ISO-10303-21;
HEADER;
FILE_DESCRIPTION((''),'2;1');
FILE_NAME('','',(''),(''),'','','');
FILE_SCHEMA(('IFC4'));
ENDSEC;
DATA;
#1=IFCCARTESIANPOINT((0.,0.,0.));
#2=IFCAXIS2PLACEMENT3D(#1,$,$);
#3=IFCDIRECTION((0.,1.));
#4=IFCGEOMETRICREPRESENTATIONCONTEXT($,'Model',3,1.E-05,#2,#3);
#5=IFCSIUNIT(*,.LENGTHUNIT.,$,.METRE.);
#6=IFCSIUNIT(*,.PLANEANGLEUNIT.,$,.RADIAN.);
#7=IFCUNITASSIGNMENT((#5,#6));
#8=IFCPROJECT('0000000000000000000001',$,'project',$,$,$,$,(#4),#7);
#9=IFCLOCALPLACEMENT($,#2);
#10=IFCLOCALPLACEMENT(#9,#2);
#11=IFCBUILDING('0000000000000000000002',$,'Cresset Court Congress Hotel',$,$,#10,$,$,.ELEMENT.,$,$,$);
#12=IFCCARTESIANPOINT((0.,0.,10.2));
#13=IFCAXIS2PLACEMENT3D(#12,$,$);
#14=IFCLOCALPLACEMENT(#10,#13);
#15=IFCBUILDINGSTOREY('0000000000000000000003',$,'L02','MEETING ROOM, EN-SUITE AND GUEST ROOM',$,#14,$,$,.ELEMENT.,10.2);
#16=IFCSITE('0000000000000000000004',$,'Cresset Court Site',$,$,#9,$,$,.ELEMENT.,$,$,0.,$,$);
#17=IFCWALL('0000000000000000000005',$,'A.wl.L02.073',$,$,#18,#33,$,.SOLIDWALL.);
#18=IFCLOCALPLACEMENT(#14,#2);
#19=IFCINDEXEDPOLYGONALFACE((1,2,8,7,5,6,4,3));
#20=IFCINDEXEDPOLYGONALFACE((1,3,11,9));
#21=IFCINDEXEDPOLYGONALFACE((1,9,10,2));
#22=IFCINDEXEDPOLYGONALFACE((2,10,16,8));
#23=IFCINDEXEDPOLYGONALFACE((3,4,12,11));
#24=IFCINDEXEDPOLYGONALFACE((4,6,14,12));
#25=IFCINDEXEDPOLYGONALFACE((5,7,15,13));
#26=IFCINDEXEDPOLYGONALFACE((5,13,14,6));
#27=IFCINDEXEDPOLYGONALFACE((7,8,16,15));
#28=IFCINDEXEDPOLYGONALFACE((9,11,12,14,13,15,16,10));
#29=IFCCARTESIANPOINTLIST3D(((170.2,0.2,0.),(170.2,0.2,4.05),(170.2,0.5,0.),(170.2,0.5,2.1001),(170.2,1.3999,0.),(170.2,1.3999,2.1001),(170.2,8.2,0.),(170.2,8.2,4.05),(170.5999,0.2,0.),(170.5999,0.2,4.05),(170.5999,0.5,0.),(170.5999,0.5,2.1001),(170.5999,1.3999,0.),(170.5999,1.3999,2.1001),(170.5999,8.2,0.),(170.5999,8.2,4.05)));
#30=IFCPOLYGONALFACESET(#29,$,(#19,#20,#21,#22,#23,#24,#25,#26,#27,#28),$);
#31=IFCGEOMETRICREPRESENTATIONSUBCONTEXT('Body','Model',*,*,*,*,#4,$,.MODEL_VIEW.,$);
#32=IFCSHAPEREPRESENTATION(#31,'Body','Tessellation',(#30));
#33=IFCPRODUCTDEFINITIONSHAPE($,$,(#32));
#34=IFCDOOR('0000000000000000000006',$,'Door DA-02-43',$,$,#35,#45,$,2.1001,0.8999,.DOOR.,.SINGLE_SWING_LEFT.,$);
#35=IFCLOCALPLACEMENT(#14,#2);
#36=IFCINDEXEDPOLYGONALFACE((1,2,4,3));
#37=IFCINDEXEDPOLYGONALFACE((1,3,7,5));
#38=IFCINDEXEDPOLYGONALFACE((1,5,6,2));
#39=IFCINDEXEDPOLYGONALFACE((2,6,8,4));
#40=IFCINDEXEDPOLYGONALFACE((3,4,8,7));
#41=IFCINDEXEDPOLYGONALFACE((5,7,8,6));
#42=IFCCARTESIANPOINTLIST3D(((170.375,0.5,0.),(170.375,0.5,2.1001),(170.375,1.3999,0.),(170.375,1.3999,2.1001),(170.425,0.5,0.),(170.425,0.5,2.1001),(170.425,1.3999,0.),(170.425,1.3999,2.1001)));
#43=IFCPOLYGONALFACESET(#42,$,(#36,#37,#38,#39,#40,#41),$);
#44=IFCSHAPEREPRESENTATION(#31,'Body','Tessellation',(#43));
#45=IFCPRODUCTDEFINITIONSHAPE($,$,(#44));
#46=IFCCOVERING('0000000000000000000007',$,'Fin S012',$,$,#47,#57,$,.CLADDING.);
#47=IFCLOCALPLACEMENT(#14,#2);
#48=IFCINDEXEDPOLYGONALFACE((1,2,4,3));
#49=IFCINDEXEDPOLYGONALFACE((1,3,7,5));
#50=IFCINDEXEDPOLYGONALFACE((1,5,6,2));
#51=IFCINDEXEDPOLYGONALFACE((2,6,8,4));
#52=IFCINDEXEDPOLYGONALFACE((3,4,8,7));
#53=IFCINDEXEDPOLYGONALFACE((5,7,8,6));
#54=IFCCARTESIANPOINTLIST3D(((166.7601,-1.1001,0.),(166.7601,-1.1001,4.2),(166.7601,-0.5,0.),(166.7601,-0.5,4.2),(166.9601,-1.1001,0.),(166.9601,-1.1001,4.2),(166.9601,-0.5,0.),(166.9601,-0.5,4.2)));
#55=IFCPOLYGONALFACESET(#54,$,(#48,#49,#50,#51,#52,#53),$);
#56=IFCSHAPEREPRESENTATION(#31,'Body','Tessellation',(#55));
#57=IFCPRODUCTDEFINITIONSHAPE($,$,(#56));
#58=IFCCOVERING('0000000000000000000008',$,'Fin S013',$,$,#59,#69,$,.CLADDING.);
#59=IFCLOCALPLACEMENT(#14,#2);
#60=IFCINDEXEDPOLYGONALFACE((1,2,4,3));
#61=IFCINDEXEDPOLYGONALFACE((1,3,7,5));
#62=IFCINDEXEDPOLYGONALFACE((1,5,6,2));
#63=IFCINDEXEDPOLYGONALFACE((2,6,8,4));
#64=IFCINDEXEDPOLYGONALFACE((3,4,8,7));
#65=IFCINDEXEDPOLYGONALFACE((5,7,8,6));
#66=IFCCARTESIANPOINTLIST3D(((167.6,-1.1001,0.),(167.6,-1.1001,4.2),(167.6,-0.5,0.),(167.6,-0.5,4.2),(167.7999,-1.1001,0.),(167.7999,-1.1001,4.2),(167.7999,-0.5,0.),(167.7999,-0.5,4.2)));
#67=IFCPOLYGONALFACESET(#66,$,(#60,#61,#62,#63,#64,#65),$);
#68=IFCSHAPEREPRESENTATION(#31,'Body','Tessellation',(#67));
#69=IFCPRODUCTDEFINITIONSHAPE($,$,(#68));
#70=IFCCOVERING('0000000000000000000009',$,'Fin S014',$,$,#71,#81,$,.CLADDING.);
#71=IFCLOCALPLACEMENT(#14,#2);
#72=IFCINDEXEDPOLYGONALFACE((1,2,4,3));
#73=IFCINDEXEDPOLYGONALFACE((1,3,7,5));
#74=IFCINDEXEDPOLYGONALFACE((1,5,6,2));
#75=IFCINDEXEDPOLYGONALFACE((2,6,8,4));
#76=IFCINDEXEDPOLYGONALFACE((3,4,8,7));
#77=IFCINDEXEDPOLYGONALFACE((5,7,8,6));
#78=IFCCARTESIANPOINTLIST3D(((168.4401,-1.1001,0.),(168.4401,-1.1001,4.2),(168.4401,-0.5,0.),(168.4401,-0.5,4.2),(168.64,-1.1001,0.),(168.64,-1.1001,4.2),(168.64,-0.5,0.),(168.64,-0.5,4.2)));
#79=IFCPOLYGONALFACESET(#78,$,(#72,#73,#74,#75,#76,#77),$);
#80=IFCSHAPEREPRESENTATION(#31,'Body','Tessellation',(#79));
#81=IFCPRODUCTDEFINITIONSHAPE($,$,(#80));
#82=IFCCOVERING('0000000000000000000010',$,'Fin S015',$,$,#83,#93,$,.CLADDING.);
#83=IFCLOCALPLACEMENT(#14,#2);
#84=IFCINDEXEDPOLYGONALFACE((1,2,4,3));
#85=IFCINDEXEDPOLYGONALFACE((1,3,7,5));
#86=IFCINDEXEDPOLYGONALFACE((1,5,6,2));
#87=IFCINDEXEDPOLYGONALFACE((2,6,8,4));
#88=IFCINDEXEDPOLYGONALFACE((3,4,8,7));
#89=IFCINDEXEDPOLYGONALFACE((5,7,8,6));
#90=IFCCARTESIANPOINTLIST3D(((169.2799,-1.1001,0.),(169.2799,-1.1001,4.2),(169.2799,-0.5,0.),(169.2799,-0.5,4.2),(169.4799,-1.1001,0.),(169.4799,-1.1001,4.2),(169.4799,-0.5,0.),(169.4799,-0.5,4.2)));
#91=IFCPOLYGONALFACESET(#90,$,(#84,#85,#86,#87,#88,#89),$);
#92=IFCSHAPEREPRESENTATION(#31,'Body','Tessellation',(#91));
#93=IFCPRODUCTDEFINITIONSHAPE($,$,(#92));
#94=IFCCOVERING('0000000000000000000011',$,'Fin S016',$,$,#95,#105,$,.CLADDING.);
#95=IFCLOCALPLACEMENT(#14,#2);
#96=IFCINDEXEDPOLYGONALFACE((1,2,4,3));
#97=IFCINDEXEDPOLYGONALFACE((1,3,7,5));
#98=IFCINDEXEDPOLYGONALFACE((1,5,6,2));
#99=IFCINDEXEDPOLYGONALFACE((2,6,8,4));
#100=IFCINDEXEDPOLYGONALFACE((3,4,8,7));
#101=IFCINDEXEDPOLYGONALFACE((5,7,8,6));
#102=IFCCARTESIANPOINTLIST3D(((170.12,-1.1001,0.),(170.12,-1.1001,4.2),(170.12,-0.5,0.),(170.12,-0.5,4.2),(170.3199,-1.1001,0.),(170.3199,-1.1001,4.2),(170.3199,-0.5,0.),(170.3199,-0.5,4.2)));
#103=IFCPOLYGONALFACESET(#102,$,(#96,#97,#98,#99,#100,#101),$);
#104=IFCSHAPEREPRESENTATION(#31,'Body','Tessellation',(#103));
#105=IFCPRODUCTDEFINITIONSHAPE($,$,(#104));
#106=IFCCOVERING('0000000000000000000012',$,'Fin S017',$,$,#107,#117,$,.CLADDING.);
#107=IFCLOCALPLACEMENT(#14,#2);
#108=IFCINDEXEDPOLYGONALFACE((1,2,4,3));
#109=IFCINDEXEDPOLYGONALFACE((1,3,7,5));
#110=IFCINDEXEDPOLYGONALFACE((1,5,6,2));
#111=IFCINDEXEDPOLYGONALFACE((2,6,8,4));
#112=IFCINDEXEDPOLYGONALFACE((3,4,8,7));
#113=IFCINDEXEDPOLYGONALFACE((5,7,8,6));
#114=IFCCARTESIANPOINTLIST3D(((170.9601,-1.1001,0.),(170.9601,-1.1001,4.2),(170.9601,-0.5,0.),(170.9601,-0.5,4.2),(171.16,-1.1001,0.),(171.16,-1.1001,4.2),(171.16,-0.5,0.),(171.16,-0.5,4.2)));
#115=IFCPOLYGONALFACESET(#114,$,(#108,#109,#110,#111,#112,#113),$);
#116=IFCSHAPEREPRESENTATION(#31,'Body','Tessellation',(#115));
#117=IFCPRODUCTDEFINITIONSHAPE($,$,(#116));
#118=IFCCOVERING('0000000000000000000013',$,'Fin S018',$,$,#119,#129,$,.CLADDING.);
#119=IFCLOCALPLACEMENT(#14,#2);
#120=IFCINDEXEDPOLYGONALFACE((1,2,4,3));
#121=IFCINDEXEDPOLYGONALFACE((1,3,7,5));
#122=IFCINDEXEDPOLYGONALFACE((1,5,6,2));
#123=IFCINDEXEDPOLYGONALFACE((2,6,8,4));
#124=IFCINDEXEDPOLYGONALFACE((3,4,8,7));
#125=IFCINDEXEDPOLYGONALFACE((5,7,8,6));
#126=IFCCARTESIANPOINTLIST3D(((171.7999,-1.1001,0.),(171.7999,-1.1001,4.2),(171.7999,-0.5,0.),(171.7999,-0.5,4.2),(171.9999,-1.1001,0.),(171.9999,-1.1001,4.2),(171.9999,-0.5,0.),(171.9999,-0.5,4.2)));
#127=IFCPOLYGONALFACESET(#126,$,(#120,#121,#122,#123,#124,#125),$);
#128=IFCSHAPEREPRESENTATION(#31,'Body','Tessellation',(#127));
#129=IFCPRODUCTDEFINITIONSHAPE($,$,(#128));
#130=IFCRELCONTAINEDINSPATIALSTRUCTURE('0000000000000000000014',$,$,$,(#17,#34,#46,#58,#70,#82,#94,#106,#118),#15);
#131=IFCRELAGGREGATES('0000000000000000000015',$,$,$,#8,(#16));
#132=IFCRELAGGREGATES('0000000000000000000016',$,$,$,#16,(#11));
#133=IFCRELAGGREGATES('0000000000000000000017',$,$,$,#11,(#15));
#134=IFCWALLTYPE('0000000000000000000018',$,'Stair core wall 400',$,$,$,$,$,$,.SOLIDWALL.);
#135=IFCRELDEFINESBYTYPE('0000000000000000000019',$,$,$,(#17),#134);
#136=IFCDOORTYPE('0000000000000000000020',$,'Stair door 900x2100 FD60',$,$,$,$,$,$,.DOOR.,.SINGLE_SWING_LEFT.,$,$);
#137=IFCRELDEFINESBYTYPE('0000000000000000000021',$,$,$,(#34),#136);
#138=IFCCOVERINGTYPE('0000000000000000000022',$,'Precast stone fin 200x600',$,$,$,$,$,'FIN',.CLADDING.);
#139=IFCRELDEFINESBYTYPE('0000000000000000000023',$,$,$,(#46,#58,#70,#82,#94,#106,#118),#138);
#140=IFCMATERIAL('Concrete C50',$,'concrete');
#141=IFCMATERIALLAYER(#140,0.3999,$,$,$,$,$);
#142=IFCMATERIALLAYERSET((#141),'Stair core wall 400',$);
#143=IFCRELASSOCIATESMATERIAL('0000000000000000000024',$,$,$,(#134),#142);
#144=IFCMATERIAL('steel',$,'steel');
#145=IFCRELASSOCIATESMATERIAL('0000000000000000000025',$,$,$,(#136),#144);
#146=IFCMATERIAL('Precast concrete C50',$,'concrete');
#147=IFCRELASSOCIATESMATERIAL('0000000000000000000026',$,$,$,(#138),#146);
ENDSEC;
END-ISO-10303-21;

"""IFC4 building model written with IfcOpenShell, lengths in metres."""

from ifc_helpers import new_model, si_unit, direction, frame, frame_2d, origin, origin_2d, place, context, subcontext, project, spatial, rectangle, extrude, material, layer, layer_set, type_object, element, fill, save


model = new_model("IFC4")

# Units and contexts
model_context = context("Model", 3, precision=1e-05, world=origin(), true_north=direction((0.0, 1.0)))
body_context = subcontext(model_context, "Body", "Model", "MODEL_VIEW")
ifc_project = project(units=[si_unit("LENGTHUNIT", "METRE"), si_unit("PLANEANGLEUNIT", "RADIAN")], contexts=[model_context])

# Site, building, storey
site_placement = place(None, origin())
site = spatial("IfcSite", under=ifc_project, at=site_placement, Name="Cresset Court Site", CompositionType="ELEMENT", RefElevation=0.0)
building_placement = place(site_placement, origin())
building = spatial("IfcBuilding", under=site, at=building_placement, Name="Cresset Court Congress Hotel", CompositionType="ELEMENT")
storey_placement = place(building_placement, frame((0.0, 0.0, 10.2)))
storey = spatial("IfcBuildingStorey", under=building, at=storey_placement, Name="L02", Description="MEETING ROOM, EN-SUITE AND GUEST ROOM", CompositionType="ELEMENT", Elevation=10.2)

# Shared definitions
ifc_material_1 = material(Name="Concrete C50", Category="concrete")
ifc_layer_1 = layer(ifc_material_1, 0.3999)
ifc_layer_set_1 = layer_set([ifc_layer_1], Name="Stair core wall 400")
wall_type_1 = type_object("IfcWallType", Name="Stair core wall 400", PredefinedType="SOLIDWALL", material=ifc_layer_set_1)

# Wall, opening, door
wall_1_placement = place(storey_placement, frame((170.3999, 0.2, 0.0), z_axis=(0.0, 0.0, 1.0), x_axis=(0.0, 1.0, 0.0)))
wall_1 = element("IfcWall", 1, at=wall_1_placement, inside=storey, type_object=wall_type_1, Name="A.wl.L02.073", PredefinedType="SOLIDWALL", context=body_context, shape_type="SweptSolid", body=[
    extrude(rectangle(XDim=8.0, YDim=0.3999, at=frame_2d((4.0, 0.0))), origin(), (0.0, 0.0, 1.0), 4.05),
])
opening_1_placement = place(wall_1_placement, frame((0.3, 0.0, 0.0)))
opening_1 = element("IfcOpeningElement", 2, at=opening_1_placement, cuts=wall_1, PredefinedType="OPENING", context=body_context, shape_type="SweptSolid", body=[
    extrude(rectangle(XDim=0.8999, YDim=2.1001, at=frame_2d((0.45, 1.05))), frame((0.0, 0.21, 0.0), z_axis=(0.0, -1.0, 0.0), x_axis=(1.0, 0.0, 0.0)), (0.0, 0.0, 1.0), 0.4199),
])
ifc_material_2 = material(Name="steel", Category="steel")
door_type_1 = type_object("IfcDoorType", Name="Stair door 900x2100 FD60", OperationType="SINGLE_SWING_LEFT", PredefinedType="DOOR", material=ifc_material_2)
door_1_placement = place(opening_1_placement, origin())
door_1 = element("IfcDoor", 3, at=door_1_placement, inside=storey, type_object=door_type_1, Name="Door DA-02-43", OperationType="SINGLE_SWING_LEFT", OverallHeight=2.1001, OverallWidth=0.8999, PredefinedType="DOOR", context=body_context, shape_type="SweptSolid", body=[
    extrude(rectangle(XDim=0.8999, YDim=2.1001, at=frame_2d((0.45, 1.05))), frame((0.0, 0.0249, 0.0), z_axis=(0.0, -1.0, 0.0), x_axis=(1.0, 0.0, 0.0)), (0.0, 0.0, 1.0), 0.05),
])
fill(opening_1, door_1)

# Coverings
ifc_material_3 = material(Name="Precast concrete C50", Category="concrete")
covering_type = type_object("IfcCoveringType", Name="Precast stone fin 200x600", ElementType="FIN", PredefinedType="CLADDING", material=ifc_material_3)
for number, where, z_axis, x_axis, name in (
    (4, (166.8601, -0.8, 0.0), (0.0, 0.0, 1.0), (1.0, 0.0, 0.0), "Fin S012"),
    (5, (167.7, -0.8, 0.0), (0.0, 0.0, 1.0), (1.0, 0.0, 0.0), "Fin S013"),
    (6, (168.54, -0.8, 0.0), (0.0, 0.0, 1.0), (1.0, 0.0, 0.0), "Fin S014"),
    (7, (169.3799, -0.8, 0.0), (0.0, 0.0, 1.0), (1.0, 0.0, 0.0), "Fin S015"),
    (8, (170.22, -0.8, 0.0), (0.0, 0.0, 1.0), (1.0, 0.0, 0.0), "Fin S016"),
    (9, (171.0601, -0.8, 0.0), (0.0, 0.0, 1.0), (1.0, 0.0, 0.0), "Fin S017"),
    (10, (171.8999, -0.8, 0.0), (0.0, 0.0, 1.0), (1.0, 0.0, 0.0), "Fin S018"),
):
    element("IfcCovering", number, at=place(storey_placement, frame(where, z_axis=z_axis, x_axis=x_axis)), inside=storey, type_object=covering_type, Name=name, PredefinedType="CLADDING", context=body_context, shape_type="SweptSolid", body=[
        extrude(rectangle(XDim=0.2, YDim=0.6001, at=origin_2d()), origin(), (0.0, 0.0, 1.0), 4.2),
    ])

save(model, "model.ifc")
